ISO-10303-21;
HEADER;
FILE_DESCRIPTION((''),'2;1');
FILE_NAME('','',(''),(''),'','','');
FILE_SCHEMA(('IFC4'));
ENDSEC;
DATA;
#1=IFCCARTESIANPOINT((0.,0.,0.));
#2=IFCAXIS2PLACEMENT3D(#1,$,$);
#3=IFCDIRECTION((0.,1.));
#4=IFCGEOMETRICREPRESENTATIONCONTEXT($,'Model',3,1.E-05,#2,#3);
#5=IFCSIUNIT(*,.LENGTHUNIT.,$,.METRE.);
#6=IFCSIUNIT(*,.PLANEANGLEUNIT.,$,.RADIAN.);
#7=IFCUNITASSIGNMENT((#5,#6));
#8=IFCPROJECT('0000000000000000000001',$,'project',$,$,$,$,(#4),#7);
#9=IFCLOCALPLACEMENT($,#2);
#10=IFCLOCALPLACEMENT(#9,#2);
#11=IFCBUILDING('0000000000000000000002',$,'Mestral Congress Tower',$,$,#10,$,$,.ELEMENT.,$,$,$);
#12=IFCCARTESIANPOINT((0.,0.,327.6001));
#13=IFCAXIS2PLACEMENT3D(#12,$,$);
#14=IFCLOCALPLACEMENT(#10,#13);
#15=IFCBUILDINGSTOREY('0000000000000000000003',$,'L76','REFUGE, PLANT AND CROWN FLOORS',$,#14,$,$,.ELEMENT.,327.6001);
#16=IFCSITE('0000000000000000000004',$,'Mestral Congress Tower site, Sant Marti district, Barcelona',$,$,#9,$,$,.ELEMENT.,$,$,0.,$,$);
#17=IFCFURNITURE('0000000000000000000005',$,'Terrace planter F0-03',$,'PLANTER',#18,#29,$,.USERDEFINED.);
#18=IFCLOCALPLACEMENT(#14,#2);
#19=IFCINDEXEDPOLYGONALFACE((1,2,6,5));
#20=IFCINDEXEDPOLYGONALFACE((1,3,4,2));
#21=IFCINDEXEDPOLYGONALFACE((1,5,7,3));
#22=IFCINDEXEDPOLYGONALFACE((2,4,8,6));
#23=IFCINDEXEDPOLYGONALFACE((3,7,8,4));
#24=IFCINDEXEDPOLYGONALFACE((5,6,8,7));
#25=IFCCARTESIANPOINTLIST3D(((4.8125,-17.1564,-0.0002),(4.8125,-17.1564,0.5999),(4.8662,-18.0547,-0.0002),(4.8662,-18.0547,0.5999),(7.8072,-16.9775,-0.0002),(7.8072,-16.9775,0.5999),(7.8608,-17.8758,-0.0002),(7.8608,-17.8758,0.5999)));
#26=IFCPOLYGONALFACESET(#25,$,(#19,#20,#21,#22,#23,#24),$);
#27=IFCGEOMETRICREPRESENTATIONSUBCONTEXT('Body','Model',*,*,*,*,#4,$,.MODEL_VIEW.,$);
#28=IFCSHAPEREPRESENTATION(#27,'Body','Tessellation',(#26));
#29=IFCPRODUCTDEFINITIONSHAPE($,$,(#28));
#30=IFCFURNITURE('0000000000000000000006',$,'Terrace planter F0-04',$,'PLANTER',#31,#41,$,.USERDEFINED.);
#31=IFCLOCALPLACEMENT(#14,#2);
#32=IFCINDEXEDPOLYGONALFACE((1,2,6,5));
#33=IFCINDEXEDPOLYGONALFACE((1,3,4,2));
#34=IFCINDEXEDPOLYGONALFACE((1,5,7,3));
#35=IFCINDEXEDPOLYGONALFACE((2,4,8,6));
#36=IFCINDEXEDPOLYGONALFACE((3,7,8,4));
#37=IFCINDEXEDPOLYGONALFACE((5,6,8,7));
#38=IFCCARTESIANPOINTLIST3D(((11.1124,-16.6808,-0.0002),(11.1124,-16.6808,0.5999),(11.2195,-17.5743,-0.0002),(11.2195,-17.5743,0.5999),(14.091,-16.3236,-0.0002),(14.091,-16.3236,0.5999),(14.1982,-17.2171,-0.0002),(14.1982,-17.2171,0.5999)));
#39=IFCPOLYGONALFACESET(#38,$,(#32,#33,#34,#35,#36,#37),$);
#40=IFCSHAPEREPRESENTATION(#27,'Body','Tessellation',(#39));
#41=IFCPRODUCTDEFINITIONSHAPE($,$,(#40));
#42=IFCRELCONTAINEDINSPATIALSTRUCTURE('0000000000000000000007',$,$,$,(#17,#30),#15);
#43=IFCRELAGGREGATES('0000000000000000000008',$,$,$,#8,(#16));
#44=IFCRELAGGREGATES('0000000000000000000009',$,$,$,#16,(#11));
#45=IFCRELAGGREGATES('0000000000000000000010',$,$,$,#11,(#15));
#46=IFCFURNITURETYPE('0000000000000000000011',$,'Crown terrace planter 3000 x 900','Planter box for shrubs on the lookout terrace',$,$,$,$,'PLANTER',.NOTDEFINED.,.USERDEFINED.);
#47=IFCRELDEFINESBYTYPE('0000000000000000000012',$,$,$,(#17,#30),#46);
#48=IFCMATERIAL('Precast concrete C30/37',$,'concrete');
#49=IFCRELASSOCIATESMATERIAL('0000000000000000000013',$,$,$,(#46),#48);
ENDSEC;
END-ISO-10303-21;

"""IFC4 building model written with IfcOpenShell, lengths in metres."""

from ifc_helpers import new_model, si_unit, direction, frame, origin, origin_2d, place, context, subcontext, project, spatial, rectangle, extrude, material, type_object, element, save


model = new_model("IFC4")

# Units and contexts
model_context = context("Model", 3, precision=1e-05, world=origin(), true_north=direction((0.0, 1.0)))
body_context = subcontext(model_context, "Body", "Model", "MODEL_VIEW")
ifc_project = project(units=[si_unit("LENGTHUNIT", "METRE"), si_unit("PLANEANGLEUNIT", "RADIAN")], contexts=[model_context])

# Site, building, storey
site_placement = place(None, origin())
site = spatial("IfcSite", under=ifc_project, at=site_placement, Name="Mestral Congress Tower site, Sant Marti district, Barcelona", CompositionType="ELEMENT", RefElevation=0.0)
building_placement = place(site_placement, origin())
building = spatial("IfcBuilding", under=site, at=building_placement, Name="Mestral Congress Tower", CompositionType="ELEMENT")
storey_placement = place(building_placement, frame((0.0, 0.0, 327.6001)))
storey = spatial("IfcBuildingStorey", under=building, at=storey_placement, Name="L76", Description="REFUGE, PLANT AND CROWN FLOORS", CompositionType="ELEMENT", Elevation=327.6001)

# Furniture
ifc_material_1 = material(Name="Precast concrete C30/37", Category="concrete")
furniture_type = type_object("IfcFurnitureType", Name="Crown terrace planter 3000 x 900", Description="Planter box for shrubs on the lookout terrace", ElementType="PLANTER", AssemblyPlace="NOTDEFINED", PredefinedType="USERDEFINED", material=ifc_material_1)
for number, where, z_axis, x_axis, name in (
    (1, (6.3367, -17.5161, -0.0002), (0.0, 0.0, 1.0), (0.998221, 0.059618, 0.0), "Terrace planter F0-03"),
    (2, (12.6553, -16.949, -0.0002), (0.0, 0.0, 1.0), (0.992887, 0.119057, 0.0), "Terrace planter F0-04"),
):
    element("IfcFurniture", number, at=place(storey_placement, frame(where, z_axis=z_axis, x_axis=x_axis)), inside=storey, type_object=furniture_type, Name=name, ObjectType="PLANTER", PredefinedType="USERDEFINED", context=body_context, shape_type="SweptSolid", body=[
        extrude(rectangle(XDim=3.0, YDim=0.8999, at=origin_2d()), origin(), (0.0, 0.0, 1.0), 0.6001),
    ])

save(model, "model.ifc")
